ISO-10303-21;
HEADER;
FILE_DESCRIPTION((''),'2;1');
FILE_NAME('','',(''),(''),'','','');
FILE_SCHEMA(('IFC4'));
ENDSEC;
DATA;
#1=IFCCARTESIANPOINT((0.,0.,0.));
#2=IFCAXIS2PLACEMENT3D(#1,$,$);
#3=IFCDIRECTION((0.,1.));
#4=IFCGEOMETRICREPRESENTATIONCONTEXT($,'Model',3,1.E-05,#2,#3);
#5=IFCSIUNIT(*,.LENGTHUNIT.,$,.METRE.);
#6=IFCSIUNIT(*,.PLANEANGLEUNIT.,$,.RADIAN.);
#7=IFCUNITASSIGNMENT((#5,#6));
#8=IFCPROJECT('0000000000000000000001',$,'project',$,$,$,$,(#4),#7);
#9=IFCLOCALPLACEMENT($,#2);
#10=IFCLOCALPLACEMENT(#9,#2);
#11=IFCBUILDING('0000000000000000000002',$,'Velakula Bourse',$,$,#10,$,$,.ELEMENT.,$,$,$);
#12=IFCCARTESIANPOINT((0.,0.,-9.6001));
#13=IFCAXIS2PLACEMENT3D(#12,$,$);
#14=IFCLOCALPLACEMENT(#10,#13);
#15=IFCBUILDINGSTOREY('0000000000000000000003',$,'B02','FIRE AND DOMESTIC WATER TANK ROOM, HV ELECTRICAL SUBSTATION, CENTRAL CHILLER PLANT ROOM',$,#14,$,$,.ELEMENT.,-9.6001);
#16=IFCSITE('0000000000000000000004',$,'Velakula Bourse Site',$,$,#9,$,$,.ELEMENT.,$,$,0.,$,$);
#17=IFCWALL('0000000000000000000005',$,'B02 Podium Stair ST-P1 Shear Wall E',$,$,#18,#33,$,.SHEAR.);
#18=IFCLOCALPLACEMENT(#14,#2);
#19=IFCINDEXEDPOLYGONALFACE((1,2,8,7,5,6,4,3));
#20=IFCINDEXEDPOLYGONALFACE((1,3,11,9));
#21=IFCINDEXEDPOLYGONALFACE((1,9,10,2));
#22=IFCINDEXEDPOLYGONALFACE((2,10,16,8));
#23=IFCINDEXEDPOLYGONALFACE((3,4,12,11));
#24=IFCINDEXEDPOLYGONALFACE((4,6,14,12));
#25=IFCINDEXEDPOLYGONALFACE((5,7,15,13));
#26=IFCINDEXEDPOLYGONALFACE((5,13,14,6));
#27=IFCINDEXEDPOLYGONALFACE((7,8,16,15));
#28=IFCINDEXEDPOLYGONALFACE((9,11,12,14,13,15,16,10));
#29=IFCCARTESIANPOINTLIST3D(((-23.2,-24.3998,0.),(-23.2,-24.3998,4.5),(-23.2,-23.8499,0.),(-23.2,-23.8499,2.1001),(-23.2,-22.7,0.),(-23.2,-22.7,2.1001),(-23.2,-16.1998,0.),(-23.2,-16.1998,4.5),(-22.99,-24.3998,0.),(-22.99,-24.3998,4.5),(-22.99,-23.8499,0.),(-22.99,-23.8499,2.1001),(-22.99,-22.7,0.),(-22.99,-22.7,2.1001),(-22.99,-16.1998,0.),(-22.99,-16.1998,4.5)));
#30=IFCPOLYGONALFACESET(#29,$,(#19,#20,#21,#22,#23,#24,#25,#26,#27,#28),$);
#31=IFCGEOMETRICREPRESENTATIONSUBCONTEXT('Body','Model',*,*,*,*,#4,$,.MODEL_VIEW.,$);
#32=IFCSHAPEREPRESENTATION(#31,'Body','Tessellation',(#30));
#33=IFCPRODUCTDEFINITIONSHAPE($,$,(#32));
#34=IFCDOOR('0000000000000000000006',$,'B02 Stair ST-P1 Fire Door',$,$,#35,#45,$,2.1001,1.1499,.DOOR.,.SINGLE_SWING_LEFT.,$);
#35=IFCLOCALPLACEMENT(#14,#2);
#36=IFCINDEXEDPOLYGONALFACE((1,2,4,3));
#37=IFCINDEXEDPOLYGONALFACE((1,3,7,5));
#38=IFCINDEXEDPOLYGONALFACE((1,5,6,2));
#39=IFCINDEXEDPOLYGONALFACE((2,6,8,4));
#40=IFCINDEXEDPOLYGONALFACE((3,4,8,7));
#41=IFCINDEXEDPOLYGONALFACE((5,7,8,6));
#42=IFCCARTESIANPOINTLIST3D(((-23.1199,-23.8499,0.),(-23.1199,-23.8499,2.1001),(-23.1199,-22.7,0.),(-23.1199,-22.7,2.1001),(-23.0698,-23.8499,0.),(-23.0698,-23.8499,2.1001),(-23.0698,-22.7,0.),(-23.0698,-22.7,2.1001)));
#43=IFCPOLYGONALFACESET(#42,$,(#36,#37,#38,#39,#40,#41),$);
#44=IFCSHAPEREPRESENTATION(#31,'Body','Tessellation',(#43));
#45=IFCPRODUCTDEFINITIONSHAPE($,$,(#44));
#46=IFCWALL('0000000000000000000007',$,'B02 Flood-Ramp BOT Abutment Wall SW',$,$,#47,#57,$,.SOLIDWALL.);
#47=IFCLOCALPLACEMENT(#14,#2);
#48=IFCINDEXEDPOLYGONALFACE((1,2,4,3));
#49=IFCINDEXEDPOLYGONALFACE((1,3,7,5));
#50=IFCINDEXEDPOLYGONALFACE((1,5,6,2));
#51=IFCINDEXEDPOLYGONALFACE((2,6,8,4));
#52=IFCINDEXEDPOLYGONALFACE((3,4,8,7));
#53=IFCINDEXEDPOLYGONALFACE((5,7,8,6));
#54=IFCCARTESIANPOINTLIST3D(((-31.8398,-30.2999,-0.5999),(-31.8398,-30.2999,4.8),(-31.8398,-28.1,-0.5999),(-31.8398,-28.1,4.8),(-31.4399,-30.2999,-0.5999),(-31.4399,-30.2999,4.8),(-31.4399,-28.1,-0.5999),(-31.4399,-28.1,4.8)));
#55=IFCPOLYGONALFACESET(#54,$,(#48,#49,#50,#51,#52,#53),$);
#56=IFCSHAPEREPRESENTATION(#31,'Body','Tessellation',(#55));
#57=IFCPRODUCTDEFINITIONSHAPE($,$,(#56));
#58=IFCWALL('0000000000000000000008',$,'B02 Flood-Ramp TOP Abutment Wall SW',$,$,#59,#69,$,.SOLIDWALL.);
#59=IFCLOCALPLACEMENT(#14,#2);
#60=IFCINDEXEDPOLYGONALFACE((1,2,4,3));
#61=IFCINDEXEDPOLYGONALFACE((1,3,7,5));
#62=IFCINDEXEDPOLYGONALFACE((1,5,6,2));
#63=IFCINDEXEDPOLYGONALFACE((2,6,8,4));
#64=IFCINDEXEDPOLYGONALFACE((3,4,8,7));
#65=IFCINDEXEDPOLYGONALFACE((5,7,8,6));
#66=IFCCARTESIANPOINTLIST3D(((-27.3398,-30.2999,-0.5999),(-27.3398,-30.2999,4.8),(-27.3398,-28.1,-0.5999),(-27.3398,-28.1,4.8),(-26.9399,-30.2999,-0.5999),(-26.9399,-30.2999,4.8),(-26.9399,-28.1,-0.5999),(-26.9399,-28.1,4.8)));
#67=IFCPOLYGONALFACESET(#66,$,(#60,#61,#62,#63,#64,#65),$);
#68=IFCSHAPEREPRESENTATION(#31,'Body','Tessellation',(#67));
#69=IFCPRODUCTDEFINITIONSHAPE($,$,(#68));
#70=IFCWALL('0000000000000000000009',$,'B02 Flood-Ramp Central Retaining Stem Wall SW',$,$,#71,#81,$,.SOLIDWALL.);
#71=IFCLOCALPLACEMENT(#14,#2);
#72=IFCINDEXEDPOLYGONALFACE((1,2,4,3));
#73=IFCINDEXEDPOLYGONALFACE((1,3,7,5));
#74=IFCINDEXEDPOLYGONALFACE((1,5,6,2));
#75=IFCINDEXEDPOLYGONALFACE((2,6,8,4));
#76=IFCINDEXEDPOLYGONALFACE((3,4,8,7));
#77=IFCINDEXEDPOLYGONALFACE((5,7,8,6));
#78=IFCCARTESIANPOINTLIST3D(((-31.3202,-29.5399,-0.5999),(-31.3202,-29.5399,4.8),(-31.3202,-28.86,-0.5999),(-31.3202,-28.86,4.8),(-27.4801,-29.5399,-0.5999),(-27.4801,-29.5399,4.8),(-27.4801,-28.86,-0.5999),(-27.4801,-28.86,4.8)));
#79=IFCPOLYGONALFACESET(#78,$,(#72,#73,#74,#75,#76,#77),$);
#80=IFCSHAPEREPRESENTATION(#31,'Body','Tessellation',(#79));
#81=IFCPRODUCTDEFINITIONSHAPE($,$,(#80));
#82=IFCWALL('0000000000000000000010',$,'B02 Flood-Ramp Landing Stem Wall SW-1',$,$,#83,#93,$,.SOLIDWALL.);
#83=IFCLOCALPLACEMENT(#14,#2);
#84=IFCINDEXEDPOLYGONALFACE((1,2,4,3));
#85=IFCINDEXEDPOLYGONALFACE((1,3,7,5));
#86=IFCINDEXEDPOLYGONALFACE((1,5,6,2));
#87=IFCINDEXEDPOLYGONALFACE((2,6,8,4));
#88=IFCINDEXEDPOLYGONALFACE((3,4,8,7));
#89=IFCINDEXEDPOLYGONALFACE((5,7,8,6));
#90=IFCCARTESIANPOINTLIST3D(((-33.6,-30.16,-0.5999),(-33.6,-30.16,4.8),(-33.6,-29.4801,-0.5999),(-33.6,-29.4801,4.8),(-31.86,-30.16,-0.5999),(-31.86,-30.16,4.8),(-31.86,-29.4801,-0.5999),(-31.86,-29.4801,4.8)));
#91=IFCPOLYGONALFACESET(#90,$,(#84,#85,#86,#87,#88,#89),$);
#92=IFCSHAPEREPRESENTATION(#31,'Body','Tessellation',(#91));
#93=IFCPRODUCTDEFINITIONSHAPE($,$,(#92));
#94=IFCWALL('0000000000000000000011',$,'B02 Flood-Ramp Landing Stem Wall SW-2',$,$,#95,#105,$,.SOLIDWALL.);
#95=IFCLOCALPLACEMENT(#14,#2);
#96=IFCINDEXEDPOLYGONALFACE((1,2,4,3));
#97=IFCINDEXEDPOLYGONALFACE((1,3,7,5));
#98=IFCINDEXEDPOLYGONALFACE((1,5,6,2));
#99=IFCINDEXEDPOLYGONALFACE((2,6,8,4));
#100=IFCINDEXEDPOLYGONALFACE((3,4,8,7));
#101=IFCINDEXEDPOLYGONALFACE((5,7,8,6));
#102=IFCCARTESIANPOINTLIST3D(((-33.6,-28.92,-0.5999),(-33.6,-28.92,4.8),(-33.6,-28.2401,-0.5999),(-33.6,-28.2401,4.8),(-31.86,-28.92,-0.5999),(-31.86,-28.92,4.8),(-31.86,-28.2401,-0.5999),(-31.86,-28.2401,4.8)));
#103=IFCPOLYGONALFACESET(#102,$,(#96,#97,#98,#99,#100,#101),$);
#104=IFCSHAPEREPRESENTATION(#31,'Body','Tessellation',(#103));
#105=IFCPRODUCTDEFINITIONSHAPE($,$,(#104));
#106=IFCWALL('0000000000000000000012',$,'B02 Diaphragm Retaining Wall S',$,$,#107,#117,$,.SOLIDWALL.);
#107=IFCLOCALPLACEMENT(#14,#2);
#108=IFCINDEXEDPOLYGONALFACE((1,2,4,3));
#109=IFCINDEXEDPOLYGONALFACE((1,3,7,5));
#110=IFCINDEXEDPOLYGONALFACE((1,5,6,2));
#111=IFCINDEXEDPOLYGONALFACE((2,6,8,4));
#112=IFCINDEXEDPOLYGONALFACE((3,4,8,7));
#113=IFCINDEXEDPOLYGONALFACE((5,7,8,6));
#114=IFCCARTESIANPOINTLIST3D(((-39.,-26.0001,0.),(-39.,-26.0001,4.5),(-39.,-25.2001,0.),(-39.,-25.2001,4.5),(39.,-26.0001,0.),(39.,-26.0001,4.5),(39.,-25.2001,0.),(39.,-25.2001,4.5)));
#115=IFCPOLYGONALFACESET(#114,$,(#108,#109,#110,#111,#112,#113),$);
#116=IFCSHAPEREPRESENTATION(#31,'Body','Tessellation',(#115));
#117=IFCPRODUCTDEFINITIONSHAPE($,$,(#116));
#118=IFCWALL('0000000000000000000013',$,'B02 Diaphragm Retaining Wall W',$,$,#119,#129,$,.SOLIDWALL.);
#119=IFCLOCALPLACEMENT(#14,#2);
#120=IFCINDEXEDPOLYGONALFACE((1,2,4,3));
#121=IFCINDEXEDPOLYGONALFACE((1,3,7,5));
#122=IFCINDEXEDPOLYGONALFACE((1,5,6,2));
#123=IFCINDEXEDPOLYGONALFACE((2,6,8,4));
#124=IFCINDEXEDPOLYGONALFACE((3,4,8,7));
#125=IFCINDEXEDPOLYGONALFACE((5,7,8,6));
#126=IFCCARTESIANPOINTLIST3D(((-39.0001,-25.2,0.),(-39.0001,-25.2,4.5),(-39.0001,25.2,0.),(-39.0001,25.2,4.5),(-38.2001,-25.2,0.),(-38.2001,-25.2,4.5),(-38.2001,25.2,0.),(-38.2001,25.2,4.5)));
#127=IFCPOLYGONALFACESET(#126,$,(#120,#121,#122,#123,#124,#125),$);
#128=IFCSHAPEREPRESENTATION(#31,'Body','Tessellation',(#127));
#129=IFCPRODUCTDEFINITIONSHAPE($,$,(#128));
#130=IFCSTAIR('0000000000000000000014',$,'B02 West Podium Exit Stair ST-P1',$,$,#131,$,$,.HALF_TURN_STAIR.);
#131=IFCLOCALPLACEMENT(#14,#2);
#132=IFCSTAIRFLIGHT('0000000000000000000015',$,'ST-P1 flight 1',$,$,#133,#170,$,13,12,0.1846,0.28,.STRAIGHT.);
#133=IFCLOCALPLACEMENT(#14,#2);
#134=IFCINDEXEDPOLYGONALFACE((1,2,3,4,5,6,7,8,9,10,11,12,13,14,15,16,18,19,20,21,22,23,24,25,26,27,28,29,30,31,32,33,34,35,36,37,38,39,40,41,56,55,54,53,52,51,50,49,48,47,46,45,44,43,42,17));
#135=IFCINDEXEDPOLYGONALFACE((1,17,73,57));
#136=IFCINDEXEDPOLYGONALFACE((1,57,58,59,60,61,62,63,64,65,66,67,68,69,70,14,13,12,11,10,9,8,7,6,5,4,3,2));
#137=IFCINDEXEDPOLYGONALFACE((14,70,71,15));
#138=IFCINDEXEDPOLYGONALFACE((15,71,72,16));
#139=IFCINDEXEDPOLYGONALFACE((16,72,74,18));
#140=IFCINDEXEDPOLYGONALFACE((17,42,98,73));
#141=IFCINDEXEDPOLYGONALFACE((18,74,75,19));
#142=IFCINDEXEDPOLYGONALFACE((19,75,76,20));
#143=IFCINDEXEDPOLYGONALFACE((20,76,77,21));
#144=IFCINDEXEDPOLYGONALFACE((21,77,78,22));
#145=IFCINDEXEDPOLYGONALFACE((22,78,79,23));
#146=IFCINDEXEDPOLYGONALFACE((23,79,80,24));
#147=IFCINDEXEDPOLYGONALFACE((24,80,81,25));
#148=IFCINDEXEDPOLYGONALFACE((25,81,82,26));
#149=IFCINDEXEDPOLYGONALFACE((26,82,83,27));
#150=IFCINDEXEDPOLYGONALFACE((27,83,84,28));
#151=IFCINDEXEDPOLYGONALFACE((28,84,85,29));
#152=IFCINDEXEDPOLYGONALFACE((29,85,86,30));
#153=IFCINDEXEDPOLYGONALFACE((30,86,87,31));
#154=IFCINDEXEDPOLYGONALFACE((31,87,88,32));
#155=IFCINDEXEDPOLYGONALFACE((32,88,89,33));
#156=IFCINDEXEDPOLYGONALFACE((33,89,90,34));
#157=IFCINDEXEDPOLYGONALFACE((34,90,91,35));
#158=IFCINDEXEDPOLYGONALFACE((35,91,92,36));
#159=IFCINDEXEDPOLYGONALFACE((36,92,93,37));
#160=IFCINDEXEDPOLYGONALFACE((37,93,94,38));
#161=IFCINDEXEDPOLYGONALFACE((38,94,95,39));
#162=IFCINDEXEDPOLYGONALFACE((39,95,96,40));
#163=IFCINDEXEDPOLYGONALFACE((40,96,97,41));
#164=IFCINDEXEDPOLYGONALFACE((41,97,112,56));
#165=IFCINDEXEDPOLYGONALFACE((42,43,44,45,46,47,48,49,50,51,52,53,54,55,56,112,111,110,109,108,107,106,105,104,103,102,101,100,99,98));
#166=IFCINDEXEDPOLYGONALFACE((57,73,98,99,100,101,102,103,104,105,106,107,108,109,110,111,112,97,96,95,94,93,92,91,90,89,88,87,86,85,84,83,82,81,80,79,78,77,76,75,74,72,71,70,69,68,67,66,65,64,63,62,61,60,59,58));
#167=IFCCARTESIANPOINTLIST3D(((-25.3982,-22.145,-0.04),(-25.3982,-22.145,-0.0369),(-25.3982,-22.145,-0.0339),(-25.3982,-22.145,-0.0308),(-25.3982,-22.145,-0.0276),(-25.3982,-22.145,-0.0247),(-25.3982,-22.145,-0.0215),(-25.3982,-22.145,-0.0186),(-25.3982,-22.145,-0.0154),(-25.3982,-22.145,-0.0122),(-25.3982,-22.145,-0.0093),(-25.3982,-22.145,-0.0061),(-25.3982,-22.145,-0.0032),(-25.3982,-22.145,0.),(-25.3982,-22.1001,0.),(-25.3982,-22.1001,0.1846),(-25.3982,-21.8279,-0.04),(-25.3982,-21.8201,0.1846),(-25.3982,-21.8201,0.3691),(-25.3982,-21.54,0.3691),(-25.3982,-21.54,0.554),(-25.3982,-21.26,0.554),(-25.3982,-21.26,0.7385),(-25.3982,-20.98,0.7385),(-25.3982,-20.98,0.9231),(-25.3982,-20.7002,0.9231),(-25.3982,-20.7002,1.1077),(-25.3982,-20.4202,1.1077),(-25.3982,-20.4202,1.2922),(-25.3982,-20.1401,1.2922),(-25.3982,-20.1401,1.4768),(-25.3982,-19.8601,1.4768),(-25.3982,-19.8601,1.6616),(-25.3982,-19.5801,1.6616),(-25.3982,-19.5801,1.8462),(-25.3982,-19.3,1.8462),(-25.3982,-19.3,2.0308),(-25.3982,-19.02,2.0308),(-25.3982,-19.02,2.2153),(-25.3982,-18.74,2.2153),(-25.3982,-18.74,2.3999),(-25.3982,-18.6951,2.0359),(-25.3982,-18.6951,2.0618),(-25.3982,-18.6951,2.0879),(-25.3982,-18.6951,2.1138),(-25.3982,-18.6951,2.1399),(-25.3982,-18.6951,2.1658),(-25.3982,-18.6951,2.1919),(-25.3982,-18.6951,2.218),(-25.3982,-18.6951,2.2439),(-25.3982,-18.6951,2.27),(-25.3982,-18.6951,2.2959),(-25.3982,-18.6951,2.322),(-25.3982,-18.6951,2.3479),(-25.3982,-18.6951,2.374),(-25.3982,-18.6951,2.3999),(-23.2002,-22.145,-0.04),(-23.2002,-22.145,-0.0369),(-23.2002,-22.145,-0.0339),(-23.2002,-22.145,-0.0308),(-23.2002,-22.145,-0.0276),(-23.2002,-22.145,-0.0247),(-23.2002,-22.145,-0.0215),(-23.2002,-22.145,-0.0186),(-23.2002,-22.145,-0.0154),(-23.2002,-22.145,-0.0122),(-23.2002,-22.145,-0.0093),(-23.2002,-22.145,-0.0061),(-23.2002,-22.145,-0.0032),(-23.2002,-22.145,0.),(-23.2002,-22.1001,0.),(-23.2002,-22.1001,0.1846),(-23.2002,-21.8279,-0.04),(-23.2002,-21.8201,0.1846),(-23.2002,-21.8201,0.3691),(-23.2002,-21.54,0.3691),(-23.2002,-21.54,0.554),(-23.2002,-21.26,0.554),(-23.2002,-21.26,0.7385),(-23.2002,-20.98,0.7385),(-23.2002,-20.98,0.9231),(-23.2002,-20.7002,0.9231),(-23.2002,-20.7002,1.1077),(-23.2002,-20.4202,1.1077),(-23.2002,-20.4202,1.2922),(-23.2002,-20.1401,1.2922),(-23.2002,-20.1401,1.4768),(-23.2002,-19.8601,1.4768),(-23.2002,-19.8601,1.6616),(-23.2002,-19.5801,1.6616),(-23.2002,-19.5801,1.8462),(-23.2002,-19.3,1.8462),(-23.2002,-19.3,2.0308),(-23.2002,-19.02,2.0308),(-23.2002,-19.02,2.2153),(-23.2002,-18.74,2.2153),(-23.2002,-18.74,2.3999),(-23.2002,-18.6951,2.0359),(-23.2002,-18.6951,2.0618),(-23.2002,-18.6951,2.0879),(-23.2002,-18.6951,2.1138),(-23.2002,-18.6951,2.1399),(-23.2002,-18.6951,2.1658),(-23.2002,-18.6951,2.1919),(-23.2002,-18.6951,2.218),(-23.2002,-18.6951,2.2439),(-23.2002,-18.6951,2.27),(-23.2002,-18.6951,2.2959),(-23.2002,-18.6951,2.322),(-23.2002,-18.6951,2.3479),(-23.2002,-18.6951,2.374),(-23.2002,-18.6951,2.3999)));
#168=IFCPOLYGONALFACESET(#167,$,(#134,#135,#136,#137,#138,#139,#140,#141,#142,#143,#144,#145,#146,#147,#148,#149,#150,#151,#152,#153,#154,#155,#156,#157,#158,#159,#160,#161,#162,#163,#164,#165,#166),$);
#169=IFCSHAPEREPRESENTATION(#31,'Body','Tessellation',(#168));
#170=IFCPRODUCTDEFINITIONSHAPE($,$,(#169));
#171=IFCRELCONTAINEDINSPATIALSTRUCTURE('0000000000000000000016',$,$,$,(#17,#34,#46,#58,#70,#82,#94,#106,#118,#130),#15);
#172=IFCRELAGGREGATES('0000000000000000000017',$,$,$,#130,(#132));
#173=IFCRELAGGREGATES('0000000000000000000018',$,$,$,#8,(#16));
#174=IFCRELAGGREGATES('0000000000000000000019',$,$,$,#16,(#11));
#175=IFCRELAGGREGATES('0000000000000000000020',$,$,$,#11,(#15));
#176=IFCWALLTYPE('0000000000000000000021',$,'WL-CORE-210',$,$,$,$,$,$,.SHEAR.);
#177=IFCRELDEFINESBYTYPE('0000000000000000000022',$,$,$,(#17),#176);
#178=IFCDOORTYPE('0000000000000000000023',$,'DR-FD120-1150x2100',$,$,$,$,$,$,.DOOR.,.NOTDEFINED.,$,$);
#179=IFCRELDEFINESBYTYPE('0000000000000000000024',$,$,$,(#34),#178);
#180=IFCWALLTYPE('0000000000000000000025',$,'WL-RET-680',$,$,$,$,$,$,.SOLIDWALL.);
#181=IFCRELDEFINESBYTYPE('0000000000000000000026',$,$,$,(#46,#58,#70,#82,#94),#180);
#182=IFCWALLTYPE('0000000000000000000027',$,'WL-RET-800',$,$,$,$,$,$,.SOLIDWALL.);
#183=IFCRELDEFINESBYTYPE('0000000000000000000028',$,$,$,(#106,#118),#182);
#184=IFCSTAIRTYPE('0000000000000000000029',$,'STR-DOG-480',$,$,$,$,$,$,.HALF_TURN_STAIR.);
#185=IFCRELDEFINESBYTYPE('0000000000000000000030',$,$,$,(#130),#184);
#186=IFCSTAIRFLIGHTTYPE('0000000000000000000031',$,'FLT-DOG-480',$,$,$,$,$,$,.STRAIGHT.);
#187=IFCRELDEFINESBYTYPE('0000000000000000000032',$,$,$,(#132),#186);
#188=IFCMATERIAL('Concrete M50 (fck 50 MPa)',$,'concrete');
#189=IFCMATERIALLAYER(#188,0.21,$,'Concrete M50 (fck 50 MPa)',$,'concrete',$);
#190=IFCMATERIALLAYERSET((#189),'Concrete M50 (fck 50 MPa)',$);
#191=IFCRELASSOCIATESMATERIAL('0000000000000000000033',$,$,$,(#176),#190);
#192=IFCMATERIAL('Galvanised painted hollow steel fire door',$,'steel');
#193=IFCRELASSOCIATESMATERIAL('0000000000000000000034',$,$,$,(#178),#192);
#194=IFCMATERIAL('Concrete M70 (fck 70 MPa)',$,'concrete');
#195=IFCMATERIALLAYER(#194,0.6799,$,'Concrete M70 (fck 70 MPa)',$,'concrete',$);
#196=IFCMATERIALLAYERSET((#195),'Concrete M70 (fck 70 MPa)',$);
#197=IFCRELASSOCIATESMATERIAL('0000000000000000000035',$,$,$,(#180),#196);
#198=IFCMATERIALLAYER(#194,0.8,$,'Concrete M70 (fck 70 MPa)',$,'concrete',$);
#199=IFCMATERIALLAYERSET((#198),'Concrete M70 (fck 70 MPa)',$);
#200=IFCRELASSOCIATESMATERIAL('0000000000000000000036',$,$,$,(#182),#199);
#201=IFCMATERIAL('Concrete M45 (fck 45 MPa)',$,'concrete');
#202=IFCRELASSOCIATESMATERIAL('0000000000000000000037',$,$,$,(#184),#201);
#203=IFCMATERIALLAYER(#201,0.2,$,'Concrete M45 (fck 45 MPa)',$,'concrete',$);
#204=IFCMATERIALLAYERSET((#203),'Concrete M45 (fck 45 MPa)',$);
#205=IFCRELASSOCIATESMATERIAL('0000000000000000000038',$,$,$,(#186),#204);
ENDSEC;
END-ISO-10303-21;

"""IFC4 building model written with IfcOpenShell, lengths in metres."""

from ifc_helpers import new_model, si_unit, direction, frame, frame_2d, origin, place, context, subcontext, project, spatial, polyline, rectangle, outline, extrude, material, layer, layer_set, type_object, element, fill, aggregate, save


model = new_model("IFC4")

# Units and contexts
model_context = context("Model", 3, precision=1e-05, world=origin(), true_north=direction((0.0, 1.0)))
body_context = subcontext(model_context, "Body", "Model", "MODEL_VIEW")
ifc_project = project(units=[si_unit("LENGTHUNIT", "METRE"), si_unit("PLANEANGLEUNIT", "RADIAN")], contexts=[model_context])

# Site, building, storey
site_placement = place(None, origin())
site = spatial("IfcSite", under=ifc_project, at=site_placement, Name="Velakula Bourse Site", CompositionType="ELEMENT", RefElevation=0.0)
building_placement = place(site_placement, origin())
building = spatial("IfcBuilding", under=site, at=building_placement, Name="Velakula Bourse", CompositionType="ELEMENT")
storey_placement = place(building_placement, frame((0.0, 0.0, -9.6001)))
storey = spatial("IfcBuildingStorey", under=building, at=storey_placement, Name="B02", Description="FIRE AND DOMESTIC WATER TANK ROOM, HV ELECTRICAL SUBSTATION, CENTRAL CHILLER PLANT ROOM", CompositionType="ELEMENT", Elevation=-9.6001)

# Shared definitions
ifc_material_1 = material(Name="Concrete M50 (fck 50 MPa)", Category="concrete")

# Shared definitions
ifc_material_2 = material(Name="Concrete M70 (fck 70 MPa)", Category="concrete")

# Shared definitions
ifc_layer_1 = layer(ifc_material_1, 0.21, Name="Concrete M50 (fck 50 MPa)", Category="concrete")
ifc_layer_set_1 = layer_set([ifc_layer_1], Name="Concrete M50 (fck 50 MPa)")
wall_type_1 = type_object("IfcWallType", Name="WL-CORE-210", PredefinedType="SHEAR", material=ifc_layer_set_1)

# Wall, opening, door
wall_1_placement = place(storey_placement, frame((-23.095, -24.3999, 0.0), z_axis=(0.0, 0.0, 1.0), x_axis=(0.0, 1.0, 0.0)))
wall_1 = element("IfcWall", 1, at=wall_1_placement, inside=storey, type_object=wall_type_1, Name="B02 Podium Stair ST-P1 Shear Wall E", PredefinedType="SHEAR", context=body_context, shape_type="SweptSolid", body=[
    extrude(rectangle(XDim=8.2, YDim=0.21, at=frame_2d((4.1001, 0.0))), origin(), (0.0, 0.0, 1.0), 4.5),
])
opening_placement = place(wall_1_placement, frame((0.55, 0.0, 0.0)))
opening = element("IfcOpeningElement", 2, at=opening_placement, cuts=wall_1, PredefinedType="OPENING", context=body_context, shape_type="SweptSolid", body=[
    extrude(rectangle(XDim=1.1499, YDim=2.1001, at=frame_2d((0.575, 1.05))), frame((0.0, 0.115, 0.0), z_axis=(0.0, -1.0, 0.0), x_axis=(1.0, 0.0, 0.0)), (0.0, 0.0, 1.0), 0.23),
])
ifc_material_3 = material(Name="Galvanised painted hollow steel fire door", Category="steel")
door_type = type_object("IfcDoorType", Name="DR-FD120-1150x2100", OperationType="NOTDEFINED", PredefinedType="DOOR", material=ifc_material_3)
door_placement = place(opening_placement, origin())
door = element("IfcDoor", 3, at=door_placement, inside=storey, type_object=door_type, Name="B02 Stair ST-P1 Fire Door", OperationType="SINGLE_SWING_LEFT", OverallHeight=2.1001, OverallWidth=1.1499, PredefinedType="DOOR", context=body_context, shape_type="SweptSolid", body=[
    extrude(rectangle(XDim=1.1499, YDim=2.1001, at=frame_2d((0.575, 1.05))), frame((0.0, 0.0249, 0.0), z_axis=(0.0, -1.0, 0.0), x_axis=(1.0, 0.0, 0.0)), (0.0, 0.0, 1.0), 0.05),
])
fill(opening, door)

# Walls
ifc_layer_2 = layer(ifc_material_2, 0.6799, Name="Concrete M70 (fck 70 MPa)", Category="concrete")
ifc_layer_set_2 = layer_set([ifc_layer_2], Name="Concrete M70 (fck 70 MPa)")
wall_type_2 = type_object("IfcWallType", Name="WL-RET-680", PredefinedType="SOLIDWALL", material=ifc_layer_set_2)
for number, where, z_axis, x_axis, name in (
    (4, (-31.6399, -30.3, -0.5999), (0.0, 0.0, 1.0), (0.0, 1.0, 0.0), "B02 Flood-Ramp BOT Abutment Wall SW"),
    (5, (-27.1399, -30.3, -0.5999), (0.0, 0.0, 1.0), (0.0, 1.0, 0.0), "B02 Flood-Ramp TOP Abutment Wall SW"),
):
    element("IfcWall", number, at=place(storey_placement, frame(where, z_axis=z_axis, x_axis=x_axis)), inside=storey, type_object=wall_type_2, Name=name, PredefinedType="SOLIDWALL", context=body_context, shape_type="SweptSolid", body=[
        extrude(rectangle(XDim=2.2, YDim=0.3999, at=frame_2d((1.1001, 0.0))), origin(), (0.0, 0.0, 1.0), 5.3999),
    ])
wall_2_placement = place(storey_placement, frame((-31.3201, -29.2, -0.5999), z_axis=(0.0, 0.0, 1.0), x_axis=(1.0, 0.0, 0.0)))
element("IfcWall", 6, at=wall_2_placement, inside=storey, type_object=wall_type_2, Name="B02 Flood-Ramp Central Retaining Stem Wall SW", PredefinedType="SOLIDWALL", context=body_context, shape_type="SweptSolid", body=[
    extrude(rectangle(XDim=3.8401, YDim=0.6799, at=frame_2d((1.9199, 0.0))), origin(), (0.0, 0.0, 1.0), 5.3999),
])
for number, where, z_axis, x_axis, name in (
    (7, (-33.6001, -29.8201, -0.5999), (0.0, 0.0, 1.0), (1.0, 0.0, 0.0), "B02 Flood-Ramp Landing Stem Wall SW-1"),
    (8, (-33.6001, -28.5801, -0.5999), (0.0, 0.0, 1.0), (1.0, 0.0, 0.0), "B02 Flood-Ramp Landing Stem Wall SW-2"),
):
    element("IfcWall", number, at=place(storey_placement, frame(where, z_axis=z_axis, x_axis=x_axis)), inside=storey, type_object=wall_type_2, Name=name, PredefinedType="SOLIDWALL", context=body_context, shape_type="SweptSolid", body=[
        extrude(rectangle(XDim=1.74, YDim=0.6799, at=frame_2d((0.8701, 0.0))), origin(), (0.0, 0.0, 1.0), 5.3999),
    ])
ifc_layer_3 = layer(ifc_material_2, 0.8, Name="Concrete M70 (fck 70 MPa)", Category="concrete")
ifc_layer_set_3 = layer_set([ifc_layer_3], Name="Concrete M70 (fck 70 MPa)")
wall_type_3 = type_object("IfcWallType", Name="WL-RET-800", PredefinedType="SOLIDWALL", material=ifc_layer_set_3)
wall_3_placement = place(storey_placement, frame((-39.0, -25.6001, 0.0), z_axis=(0.0, 0.0, 1.0), x_axis=(1.0, 0.0, 0.0)))
element("IfcWall", 9, at=wall_3_placement, inside=storey, type_object=wall_type_3, Name="B02 Diaphragm Retaining Wall S", PredefinedType="SOLIDWALL", context=body_context, shape_type="SweptSolid", body=[
    extrude(rectangle(XDim=78.0, YDim=0.8, at=frame_2d((39.0, 0.0))), origin(), (0.0, 0.0, 1.0), 4.5),
])
wall_4_placement = place(storey_placement, frame((-38.6001, -25.2, 0.0), z_axis=(0.0, 0.0, 1.0), x_axis=(0.0, 1.0, 0.0)))
element("IfcWall", 10, at=wall_4_placement, inside=storey, type_object=wall_type_3, Name="B02 Diaphragm Retaining Wall W", PredefinedType="SOLIDWALL", context=body_context, shape_type="SweptSolid", body=[
    extrude(rectangle(XDim=50.3999, YDim=0.8, at=frame_2d((25.2, 0.0))), origin(), (0.0, 0.0, 1.0), 4.5),
])

# Stair, stair flight
ifc_material_4 = material(Name="Concrete M45 (fck 45 MPa)", Category="concrete")
stair_type = type_object("IfcStairType", Name="STR-DOG-480", PredefinedType="HALF_TURN_STAIR", material=ifc_material_4)
stair_placement = place(storey_placement, origin())
stair = element("IfcStair", 11, at=stair_placement, inside=storey, type_object=stair_type, Name="B02 West Podium Exit Stair ST-P1", PredefinedType="HALF_TURN_STAIR")
ifc_layer_4 = layer(ifc_material_4, 0.2, Name="Concrete M45 (fck 45 MPa)", Category="concrete")
ifc_layer_set_4 = layer_set([ifc_layer_4], Name="Concrete M45 (fck 45 MPa)")
stair_flight_type = type_object("IfcStairFlightType", Name="FLT-DOG-480", PredefinedType="STRAIGHT", material=ifc_layer_set_4)
stair_flight_placement = place(storey_placement, frame((-24.2991, -22.1001, 0.0), z_axis=(0.0, 0.0, 1.0), x_axis=(0.0, 1.0, 0.0)))
stair_flight = element("IfcStairFlight", 12, at=stair_flight_placement, type_object=stair_flight_type, Name="ST-P1 flight 1", NumberOfRisers=13, NumberOfTreads=12, PredefinedType="STRAIGHT", RiserHeight=0.1846, TreadLength=0.28, context=body_context, shape_type="SweptSolid", body=[
    extrude(outline(polyline([(-0.0449, -0.04), (-0.0449, -0.0369), (-0.0449, -0.0339), (-0.0449, -0.0308), (-0.0449, -0.0276), (-0.0449, -0.0247), (-0.0449, -0.0215), (-0.0449, -0.0186), (-0.0449, -0.0154), (-0.0449, -0.0122), (-0.0449, -0.0093), (-0.0449, -0.0061), (-0.0449, -0.0032), (-0.0449, 0.0), (0.0, 0.0), (0.0, 0.1846), (0.28, 0.1846), (0.28, 0.3691), (0.5601, 0.3691), (0.5601, 0.554), (0.8401, 0.554), (0.8401, 0.7385), (1.1201, 0.7385), (1.1201, 0.9231), (1.3999, 0.9231), (1.3999, 1.1077), (1.6799, 1.1077), (1.6799, 1.2922), (1.96, 1.2922), (1.96, 1.4768), (2.24, 1.4768), (2.24, 1.6616), (2.52, 1.6616), (2.52, 1.8462), (2.8, 1.8462), (2.8, 2.0308), (3.0801, 2.0308), (3.0801, 2.2153), (3.3601, 2.2153), (3.3601, 2.3999), (3.405, 2.3999), (3.405, 2.374), (3.405, 2.3479), (3.405, 2.322), (3.405, 2.2959), (3.405, 2.27), (3.405, 2.2439), (3.405, 2.218), (3.405, 2.1919), (3.405, 2.1658), (3.405, 2.1399), (3.405, 2.1138), (3.405, 2.0879), (3.405, 2.0618), (3.405, 2.0359), (0.2722, -0.04), (-0.0449, -0.04)])), frame((0.0, 1.0991, 0.0), z_axis=(0.0, -1.0, 0.0), x_axis=(1.0, 0.0, 0.0)), (0.0, 0.0, 1.0), 2.198),
])
aggregate(stair, [stair_flight])

save(model, "model.ifc")
